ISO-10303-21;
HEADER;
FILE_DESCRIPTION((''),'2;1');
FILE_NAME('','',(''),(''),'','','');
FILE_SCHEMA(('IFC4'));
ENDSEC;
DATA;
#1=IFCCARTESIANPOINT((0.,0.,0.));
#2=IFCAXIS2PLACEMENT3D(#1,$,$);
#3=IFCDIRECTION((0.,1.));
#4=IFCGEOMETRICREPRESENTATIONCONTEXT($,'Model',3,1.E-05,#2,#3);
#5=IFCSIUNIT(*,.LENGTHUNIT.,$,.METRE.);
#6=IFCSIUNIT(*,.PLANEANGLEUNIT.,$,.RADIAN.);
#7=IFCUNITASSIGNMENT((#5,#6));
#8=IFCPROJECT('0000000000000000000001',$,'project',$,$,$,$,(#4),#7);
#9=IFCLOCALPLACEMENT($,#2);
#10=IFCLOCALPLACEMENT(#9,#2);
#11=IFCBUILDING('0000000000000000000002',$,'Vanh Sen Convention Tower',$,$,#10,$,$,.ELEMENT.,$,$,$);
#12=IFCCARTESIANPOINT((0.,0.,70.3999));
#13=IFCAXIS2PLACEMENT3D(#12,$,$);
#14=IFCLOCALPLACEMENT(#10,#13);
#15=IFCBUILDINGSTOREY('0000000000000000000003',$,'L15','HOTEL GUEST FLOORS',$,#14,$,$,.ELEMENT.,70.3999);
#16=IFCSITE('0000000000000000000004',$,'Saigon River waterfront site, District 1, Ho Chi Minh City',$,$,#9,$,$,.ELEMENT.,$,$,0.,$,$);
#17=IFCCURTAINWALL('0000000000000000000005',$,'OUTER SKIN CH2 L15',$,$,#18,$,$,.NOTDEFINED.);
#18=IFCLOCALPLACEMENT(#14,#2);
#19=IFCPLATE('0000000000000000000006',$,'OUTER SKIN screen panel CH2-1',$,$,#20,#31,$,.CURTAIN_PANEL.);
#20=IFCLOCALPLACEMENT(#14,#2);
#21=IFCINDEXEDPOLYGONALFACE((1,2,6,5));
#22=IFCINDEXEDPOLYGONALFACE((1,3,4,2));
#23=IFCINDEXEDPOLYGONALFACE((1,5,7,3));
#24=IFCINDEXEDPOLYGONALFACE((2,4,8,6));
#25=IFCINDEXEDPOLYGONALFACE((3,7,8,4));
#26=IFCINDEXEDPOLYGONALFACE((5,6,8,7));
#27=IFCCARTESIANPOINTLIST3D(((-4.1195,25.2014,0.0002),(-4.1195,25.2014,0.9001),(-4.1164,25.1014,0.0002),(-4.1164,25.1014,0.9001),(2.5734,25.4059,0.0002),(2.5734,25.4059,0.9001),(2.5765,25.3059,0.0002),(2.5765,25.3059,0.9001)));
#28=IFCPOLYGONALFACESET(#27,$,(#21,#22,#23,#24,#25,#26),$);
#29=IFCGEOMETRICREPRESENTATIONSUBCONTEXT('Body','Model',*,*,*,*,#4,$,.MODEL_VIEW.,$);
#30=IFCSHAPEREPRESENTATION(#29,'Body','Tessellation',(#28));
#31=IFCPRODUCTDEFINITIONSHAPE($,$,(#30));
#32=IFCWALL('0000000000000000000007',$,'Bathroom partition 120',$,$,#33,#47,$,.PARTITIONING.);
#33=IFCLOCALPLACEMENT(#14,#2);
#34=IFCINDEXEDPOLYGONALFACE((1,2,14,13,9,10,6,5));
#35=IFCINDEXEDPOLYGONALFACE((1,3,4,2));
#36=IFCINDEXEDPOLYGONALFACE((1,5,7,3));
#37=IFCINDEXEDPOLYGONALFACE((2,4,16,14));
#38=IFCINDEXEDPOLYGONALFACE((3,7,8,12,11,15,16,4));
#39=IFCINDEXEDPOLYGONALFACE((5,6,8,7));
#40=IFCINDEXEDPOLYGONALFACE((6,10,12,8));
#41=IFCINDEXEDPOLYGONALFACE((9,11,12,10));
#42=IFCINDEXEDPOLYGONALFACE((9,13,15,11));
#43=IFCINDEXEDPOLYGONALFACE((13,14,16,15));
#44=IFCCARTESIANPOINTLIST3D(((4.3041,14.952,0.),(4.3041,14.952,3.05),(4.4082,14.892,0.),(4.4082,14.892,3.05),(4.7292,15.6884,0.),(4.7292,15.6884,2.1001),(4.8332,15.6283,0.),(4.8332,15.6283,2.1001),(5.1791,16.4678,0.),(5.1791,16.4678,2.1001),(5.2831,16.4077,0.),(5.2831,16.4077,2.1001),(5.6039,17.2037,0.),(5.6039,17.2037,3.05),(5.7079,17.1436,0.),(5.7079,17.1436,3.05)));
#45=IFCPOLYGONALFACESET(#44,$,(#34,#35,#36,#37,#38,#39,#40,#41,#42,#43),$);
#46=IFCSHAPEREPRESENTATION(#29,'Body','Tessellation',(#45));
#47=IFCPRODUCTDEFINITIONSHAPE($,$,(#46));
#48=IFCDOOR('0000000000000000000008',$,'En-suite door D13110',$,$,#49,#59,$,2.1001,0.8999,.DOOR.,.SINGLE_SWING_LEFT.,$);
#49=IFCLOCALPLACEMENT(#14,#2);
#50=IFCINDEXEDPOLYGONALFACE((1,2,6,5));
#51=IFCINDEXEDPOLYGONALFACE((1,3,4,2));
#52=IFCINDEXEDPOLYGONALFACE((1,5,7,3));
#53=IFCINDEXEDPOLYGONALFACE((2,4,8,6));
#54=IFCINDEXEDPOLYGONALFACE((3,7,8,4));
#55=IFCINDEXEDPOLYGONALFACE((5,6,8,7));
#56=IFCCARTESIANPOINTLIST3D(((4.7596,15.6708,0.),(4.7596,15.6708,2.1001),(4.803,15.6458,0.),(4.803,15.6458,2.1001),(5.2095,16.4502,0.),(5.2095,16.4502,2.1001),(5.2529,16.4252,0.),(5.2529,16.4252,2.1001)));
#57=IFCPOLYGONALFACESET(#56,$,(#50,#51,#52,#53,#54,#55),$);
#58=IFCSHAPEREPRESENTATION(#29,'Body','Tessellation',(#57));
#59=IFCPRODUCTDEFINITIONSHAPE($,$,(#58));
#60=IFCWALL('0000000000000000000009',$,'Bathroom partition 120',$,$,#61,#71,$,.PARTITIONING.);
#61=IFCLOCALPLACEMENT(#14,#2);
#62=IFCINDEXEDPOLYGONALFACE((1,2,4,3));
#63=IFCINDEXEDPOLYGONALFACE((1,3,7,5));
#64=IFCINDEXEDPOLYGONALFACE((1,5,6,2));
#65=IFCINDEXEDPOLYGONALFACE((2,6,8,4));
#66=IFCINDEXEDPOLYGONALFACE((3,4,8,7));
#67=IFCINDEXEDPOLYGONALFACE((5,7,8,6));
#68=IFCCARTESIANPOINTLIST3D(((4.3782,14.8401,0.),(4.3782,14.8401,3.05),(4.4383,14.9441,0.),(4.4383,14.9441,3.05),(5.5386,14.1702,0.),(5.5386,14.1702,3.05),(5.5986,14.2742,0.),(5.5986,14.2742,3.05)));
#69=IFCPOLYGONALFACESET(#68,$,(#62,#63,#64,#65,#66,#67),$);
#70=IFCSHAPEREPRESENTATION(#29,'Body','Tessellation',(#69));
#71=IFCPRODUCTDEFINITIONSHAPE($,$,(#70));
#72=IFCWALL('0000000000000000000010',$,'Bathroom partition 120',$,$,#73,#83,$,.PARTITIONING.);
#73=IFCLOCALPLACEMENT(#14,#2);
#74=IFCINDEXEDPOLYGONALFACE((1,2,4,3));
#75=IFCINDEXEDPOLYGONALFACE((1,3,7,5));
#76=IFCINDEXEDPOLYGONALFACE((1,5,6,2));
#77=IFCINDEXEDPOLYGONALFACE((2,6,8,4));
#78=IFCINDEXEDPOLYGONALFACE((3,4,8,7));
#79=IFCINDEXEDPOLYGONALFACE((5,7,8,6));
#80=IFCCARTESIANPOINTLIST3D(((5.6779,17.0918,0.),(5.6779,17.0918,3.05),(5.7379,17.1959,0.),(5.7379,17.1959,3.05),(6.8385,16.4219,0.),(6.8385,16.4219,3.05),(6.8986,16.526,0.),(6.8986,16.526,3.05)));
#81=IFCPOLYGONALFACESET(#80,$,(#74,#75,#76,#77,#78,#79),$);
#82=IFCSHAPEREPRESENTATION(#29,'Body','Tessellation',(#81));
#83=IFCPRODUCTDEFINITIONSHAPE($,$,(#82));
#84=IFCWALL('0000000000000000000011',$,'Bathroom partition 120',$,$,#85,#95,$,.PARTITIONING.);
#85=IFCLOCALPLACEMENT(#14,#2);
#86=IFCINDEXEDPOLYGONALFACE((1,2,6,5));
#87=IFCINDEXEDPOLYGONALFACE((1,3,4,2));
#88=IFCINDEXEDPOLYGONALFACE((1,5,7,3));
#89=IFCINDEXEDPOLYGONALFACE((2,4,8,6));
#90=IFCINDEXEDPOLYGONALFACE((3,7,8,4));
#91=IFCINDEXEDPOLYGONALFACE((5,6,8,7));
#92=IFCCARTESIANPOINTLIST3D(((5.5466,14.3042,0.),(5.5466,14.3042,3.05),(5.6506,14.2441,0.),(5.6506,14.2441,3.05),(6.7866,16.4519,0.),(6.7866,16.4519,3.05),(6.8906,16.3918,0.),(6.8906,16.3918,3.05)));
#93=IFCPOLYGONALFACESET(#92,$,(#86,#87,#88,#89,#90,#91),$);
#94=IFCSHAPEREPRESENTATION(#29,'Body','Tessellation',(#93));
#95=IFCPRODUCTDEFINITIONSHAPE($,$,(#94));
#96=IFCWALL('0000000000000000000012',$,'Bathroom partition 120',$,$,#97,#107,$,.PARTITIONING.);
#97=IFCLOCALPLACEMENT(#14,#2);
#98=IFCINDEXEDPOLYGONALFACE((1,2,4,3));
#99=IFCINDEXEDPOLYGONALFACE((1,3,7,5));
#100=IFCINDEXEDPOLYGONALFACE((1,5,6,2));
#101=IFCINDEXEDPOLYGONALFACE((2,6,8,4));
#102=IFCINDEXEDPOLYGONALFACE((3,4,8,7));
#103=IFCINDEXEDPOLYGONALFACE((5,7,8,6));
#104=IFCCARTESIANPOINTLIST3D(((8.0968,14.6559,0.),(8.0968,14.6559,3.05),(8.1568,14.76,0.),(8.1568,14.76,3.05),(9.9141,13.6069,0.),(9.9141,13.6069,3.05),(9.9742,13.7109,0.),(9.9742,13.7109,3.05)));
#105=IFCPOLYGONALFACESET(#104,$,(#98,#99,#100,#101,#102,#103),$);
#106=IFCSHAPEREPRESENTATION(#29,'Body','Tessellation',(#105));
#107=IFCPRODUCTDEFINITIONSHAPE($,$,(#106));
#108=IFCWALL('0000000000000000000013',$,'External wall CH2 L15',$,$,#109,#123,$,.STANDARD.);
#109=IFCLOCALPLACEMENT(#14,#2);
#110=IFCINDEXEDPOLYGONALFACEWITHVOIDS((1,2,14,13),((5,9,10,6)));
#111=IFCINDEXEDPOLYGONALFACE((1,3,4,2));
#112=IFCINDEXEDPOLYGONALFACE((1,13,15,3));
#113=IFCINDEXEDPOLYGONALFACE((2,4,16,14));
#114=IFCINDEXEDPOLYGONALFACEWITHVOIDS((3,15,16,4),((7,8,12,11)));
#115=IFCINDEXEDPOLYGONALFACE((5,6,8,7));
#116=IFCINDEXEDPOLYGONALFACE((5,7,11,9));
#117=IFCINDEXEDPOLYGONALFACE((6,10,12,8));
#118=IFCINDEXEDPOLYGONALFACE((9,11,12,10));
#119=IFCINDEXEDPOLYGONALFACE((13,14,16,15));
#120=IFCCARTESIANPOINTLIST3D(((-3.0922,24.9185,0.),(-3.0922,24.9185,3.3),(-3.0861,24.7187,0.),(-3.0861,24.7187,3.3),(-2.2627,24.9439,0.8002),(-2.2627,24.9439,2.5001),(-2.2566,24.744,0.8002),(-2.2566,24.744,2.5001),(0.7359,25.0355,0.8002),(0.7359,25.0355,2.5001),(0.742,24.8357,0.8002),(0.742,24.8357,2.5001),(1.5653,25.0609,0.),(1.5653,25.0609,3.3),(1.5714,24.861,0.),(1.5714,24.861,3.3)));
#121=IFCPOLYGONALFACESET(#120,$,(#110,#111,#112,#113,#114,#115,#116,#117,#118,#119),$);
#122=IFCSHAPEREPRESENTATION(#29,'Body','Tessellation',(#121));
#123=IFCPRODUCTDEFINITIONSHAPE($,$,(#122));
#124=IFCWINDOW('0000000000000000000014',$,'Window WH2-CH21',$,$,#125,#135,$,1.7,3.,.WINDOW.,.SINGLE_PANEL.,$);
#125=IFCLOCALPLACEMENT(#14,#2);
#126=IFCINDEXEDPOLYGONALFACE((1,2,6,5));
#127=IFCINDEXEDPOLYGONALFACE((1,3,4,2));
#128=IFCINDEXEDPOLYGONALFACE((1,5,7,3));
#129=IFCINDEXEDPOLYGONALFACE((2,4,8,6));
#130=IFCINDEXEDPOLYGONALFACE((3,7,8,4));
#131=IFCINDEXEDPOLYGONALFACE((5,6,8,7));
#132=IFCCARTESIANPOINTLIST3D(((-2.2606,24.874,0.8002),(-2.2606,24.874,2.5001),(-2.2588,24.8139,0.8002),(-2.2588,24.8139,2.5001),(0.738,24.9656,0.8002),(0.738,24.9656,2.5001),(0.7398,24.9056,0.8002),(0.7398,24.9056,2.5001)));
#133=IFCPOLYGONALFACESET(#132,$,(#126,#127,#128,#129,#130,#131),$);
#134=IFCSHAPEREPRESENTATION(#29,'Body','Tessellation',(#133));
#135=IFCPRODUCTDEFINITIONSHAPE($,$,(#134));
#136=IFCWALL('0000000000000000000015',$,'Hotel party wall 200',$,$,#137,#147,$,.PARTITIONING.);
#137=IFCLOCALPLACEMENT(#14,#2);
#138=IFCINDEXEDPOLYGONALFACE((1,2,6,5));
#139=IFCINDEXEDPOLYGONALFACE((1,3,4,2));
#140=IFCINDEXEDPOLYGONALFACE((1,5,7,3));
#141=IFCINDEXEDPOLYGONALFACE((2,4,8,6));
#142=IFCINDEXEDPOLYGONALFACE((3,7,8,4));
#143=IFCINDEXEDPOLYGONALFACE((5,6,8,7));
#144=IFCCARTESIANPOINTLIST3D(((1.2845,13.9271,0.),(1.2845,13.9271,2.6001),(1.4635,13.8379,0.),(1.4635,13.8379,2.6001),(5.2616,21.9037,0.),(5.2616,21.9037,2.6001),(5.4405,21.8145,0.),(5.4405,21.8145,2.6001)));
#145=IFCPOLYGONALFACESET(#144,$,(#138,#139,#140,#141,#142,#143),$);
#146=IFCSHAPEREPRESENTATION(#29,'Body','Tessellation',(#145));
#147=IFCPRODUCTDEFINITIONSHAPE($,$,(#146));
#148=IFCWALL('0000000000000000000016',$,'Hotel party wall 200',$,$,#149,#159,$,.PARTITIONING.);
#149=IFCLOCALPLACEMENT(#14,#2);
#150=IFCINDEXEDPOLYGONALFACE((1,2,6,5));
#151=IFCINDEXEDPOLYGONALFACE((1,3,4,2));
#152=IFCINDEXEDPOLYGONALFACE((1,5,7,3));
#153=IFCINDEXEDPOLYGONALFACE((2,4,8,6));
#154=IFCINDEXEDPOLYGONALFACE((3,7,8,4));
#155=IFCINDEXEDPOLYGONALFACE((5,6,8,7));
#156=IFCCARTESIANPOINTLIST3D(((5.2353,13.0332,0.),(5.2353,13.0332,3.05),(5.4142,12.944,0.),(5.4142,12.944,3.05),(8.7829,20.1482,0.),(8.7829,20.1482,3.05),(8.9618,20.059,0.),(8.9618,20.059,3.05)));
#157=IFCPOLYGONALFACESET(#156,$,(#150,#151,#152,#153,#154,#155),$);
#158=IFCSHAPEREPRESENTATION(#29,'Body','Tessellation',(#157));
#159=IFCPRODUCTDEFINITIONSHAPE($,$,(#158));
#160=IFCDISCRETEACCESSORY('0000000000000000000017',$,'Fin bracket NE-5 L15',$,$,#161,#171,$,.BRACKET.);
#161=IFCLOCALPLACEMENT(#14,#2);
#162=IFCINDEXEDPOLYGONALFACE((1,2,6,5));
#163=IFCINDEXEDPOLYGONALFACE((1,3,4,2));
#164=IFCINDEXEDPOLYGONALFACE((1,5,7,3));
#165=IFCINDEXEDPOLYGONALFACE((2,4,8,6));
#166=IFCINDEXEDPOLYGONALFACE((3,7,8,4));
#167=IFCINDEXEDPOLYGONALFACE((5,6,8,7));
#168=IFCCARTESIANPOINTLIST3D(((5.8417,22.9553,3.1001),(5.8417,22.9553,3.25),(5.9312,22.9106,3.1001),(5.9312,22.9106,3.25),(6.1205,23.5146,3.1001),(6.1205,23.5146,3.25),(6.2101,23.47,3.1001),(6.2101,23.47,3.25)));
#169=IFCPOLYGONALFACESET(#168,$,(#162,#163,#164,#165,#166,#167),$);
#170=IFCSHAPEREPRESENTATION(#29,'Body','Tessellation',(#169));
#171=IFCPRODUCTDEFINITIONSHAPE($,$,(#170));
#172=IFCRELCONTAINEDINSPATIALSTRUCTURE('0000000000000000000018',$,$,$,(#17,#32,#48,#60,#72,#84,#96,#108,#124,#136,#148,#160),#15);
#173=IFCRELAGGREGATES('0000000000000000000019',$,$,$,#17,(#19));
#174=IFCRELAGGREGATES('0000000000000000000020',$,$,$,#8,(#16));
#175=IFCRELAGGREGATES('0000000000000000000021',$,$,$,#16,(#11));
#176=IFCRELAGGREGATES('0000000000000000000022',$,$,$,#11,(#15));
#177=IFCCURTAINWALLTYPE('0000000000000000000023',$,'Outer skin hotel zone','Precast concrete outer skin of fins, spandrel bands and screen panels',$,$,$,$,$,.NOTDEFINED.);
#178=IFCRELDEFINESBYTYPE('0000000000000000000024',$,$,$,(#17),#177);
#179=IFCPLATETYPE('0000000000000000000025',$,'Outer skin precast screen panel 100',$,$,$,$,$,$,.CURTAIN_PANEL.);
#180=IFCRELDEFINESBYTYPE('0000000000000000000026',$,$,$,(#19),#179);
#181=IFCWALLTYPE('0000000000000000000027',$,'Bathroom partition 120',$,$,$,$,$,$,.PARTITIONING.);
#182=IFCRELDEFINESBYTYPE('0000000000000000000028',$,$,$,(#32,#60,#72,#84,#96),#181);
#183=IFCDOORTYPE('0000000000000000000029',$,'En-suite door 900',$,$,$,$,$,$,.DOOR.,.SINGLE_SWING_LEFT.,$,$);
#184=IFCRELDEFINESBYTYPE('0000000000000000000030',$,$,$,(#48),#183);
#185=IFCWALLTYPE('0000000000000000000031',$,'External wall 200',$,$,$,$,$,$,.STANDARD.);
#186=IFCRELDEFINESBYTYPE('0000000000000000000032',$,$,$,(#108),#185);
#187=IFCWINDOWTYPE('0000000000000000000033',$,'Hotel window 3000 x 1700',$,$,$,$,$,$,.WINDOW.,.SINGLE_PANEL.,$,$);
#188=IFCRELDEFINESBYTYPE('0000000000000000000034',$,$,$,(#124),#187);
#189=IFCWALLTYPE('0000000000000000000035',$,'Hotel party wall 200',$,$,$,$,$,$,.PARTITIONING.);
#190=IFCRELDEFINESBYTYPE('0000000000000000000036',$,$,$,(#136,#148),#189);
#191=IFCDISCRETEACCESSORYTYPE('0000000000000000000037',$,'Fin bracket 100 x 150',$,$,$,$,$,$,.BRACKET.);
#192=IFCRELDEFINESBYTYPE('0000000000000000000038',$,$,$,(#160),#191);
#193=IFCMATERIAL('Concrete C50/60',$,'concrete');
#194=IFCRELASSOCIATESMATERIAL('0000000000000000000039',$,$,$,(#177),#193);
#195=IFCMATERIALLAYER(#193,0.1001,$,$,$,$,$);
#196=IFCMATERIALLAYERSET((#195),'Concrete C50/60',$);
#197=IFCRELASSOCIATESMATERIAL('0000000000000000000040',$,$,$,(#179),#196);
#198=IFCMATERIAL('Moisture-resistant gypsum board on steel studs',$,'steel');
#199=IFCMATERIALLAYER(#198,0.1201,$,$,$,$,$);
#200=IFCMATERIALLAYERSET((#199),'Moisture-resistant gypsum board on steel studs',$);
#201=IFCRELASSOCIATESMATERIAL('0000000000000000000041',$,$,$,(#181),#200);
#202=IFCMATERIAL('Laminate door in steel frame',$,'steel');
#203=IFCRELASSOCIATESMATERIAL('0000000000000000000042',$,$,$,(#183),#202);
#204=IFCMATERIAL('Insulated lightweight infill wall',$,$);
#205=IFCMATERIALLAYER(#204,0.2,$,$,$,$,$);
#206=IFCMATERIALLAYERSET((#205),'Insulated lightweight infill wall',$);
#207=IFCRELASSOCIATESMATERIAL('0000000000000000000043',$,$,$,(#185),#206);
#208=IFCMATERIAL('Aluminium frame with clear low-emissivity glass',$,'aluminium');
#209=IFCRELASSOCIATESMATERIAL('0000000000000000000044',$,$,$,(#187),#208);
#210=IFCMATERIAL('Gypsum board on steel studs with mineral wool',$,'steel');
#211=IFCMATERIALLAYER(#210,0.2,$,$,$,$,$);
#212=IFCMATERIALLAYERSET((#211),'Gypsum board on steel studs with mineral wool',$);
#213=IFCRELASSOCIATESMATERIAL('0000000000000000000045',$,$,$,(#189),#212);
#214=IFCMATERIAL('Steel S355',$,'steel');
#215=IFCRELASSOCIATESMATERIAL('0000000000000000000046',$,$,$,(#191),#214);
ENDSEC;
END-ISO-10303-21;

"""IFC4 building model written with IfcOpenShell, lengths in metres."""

from ifc_helpers import new_model, si_unit, direction, frame, frame_2d, origin, origin_2d, place, context, subcontext, project, spatial, rectangle, extrude, material, layer, layer_set, type_object, element, fill, aggregate, save


model = new_model("IFC4")

# Units and contexts
model_context = context("Model", 3, precision=1e-05, world=origin(), true_north=direction((0.0, 1.0)))
body_context = subcontext(model_context, "Body", "Model", "MODEL_VIEW")
ifc_project = project(units=[si_unit("LENGTHUNIT", "METRE"), si_unit("PLANEANGLEUNIT", "RADIAN")], contexts=[model_context])

# Site, building, storey
site_placement = place(None, origin())
site = spatial("IfcSite", under=ifc_project, at=site_placement, Name="Saigon River waterfront site, District 1, Ho Chi Minh City", CompositionType="ELEMENT", RefElevation=0.0)
building_placement = place(site_placement, origin())
building = spatial("IfcBuilding", under=site, at=building_placement, Name="Vanh Sen Convention Tower", CompositionType="ELEMENT")
storey_placement = place(building_placement, frame((0.0, 0.0, 70.3999)))
storey = spatial("IfcBuildingStorey", under=building, at=storey_placement, Name="L15", Description="HOTEL GUEST FLOORS", CompositionType="ELEMENT", Elevation=70.3999)

# Shared definitions
ifc_material_1 = material(Name="Concrete C50/60", Category="concrete")
curtain_wall_type = type_object("IfcCurtainWallType", Name="Outer skin hotel zone", Description="Precast concrete outer skin of fins, spandrel bands and screen panels", PredefinedType="NOTDEFINED", material=ifc_material_1)

# Curtain wall
curtain_wall_1_placement = place(storey_placement, origin())
curtain_wall_1 = element("IfcCurtainWall", 1, at=curtain_wall_1_placement, inside=storey, type_object=curtain_wall_type, Name="OUTER SKIN CH2 L15", PredefinedType="NOTDEFINED")

# Plate
ifc_layer_1 = layer(ifc_material_1, 0.1001)
ifc_layer_set_1 = layer_set([ifc_layer_1], Name="Concrete C50/60")
plate_type = type_object("IfcPlateType", Name="Outer skin precast screen panel 100", PredefinedType="CURTAIN_PANEL", material=ifc_layer_set_1)
plate_1_placement = place(storey_placement, frame((-0.7715, 25.2537, 0.0002), z_axis=(0.0, 0.0, 1.0), x_axis=(-0.999534, -0.030537, 0.0)))
plate_1 = element("IfcPlate", 2, at=plate_1_placement, type_object=plate_type, Name="OUTER SKIN screen panel CH2-1", PredefinedType="CURTAIN_PANEL", context=body_context, shape_type="SweptSolid", body=[
    extrude(rectangle(XDim=6.696, YDim=0.1001, at=origin_2d()), origin(), (0.0, 0.0, 1.0), 0.8999),
])
aggregate(curtain_wall_1, [plate_1])

# Wall, opening, door
ifc_material_2 = material(Name="Moisture-resistant gypsum board on steel studs", Category="steel")
ifc_layer_2 = layer(ifc_material_2, 0.1201)
ifc_layer_set_2 = layer_set([ifc_layer_2], Name="Moisture-resistant gypsum board on steel studs")
wall_type_1 = type_object("IfcWallType", Name="Bathroom partition 120", PredefinedType="PARTITIONING", material=ifc_layer_set_2)
wall_1_placement = place(storey_placement, frame((4.3562, 14.9221, 0.0), z_axis=(0.0, 0.0, 1.0), x_axis=(0.499937, 0.866062, 0.0)))
wall_1 = element("IfcWall", 3, at=wall_1_placement, inside=storey, type_object=wall_type_1, Name="Bathroom partition 120", PredefinedType="PARTITIONING", context=body_context, shape_type="SweptSolid", body=[
    extrude(rectangle(XDim=2.5999, YDim=0.1201, at=frame_2d((1.2998, 0.0))), origin(), (0.0, 0.0, 1.0), 3.05),
])
opening_1_placement = place(wall_1_placement, frame((0.8501, 0.0, 0.0)))
opening_1 = element("IfcOpeningElement", 4, at=opening_1_placement, cuts=wall_1, PredefinedType="OPENING", context=body_context, shape_type="SweptSolid", body=[
    extrude(rectangle(XDim=0.8999, YDim=2.1001, at=frame_2d((0.45, 1.05))), frame((0.0, 0.0701, 0.0), z_axis=(0.0, -1.0, 0.0), x_axis=(1.0, 0.0, 0.0)), (0.0, 0.0, 1.0), 0.1401),
])
ifc_material_3 = material(Name="Laminate door in steel frame", Category="steel")
door_type = type_object("IfcDoorType", Name="En-suite door 900", OperationType="SINGLE_SWING_LEFT", PredefinedType="DOOR", material=ifc_material_3)
door_placement = place(opening_1_placement, origin())
door = element("IfcDoor", 5, at=door_placement, inside=storey, type_object=door_type, Name="En-suite door D13110", OperationType="SINGLE_SWING_LEFT", OverallHeight=2.1001, OverallWidth=0.8999, PredefinedType="DOOR", context=body_context, shape_type="SweptSolid", body=[
    extrude(rectangle(XDim=0.8999, YDim=2.1001, at=frame_2d((0.45, 1.05))), frame((0.0, 0.0249, 0.0), z_axis=(0.0, -1.0, 0.0), x_axis=(1.0, 0.0, 0.0)), (0.0, 0.0, 1.0), 0.05),
])
fill(opening_1, door)

# Walls
wall_2_placement = place(storey_placement, frame((5.5686, 14.2222, 0.0), z_axis=(0.0, 0.0, 1.0), x_axis=(-0.866037, 0.49998, 0.0)))
element("IfcWall", 6, at=wall_2_placement, inside=storey, type_object=wall_type_1, Name="Bathroom partition 120", PredefinedType="PARTITIONING", context=body_context, shape_type="SweptSolid", body=[
    extrude(rectangle(XDim=1.3398, YDim=0.1201, at=frame_2d((0.6699, 0.0))), origin(), (0.0, 0.0, 1.0), 3.05),
])
wall_3_placement = place(storey_placement, frame((5.708, 17.1438, 0.0), z_axis=(0.0, 0.0, 1.0), x_axis=(0.866082, -0.499901, 0.0)))
element("IfcWall", 7, at=wall_3_placement, inside=storey, type_object=wall_type_1, Name="Bathroom partition 120", PredefinedType="PARTITIONING", context=body_context, shape_type="SweptSolid", body=[
    extrude(rectangle(XDim=1.3401, YDim=0.1201, at=frame_2d((0.6699, 0.0))), origin(), (0.0, 0.0, 1.0), 3.05),
])
wall_4_placement = place(storey_placement, frame((6.8386, 16.4219, 0.0), z_axis=(0.0, 0.0, 1.0), x_axis=(-0.500004, -0.866023, 0.0)))
element("IfcWall", 8, at=wall_4_placement, inside=storey, type_object=wall_type_1, Name="Bathroom partition 120", PredefinedType="PARTITIONING", context=body_context, shape_type="SweptSolid", body=[
    extrude(rectangle(XDim=2.48, YDim=0.1201, at=frame_2d((1.24, 0.0))), origin(), (0.0, 0.0, 1.0), 3.05),
])
wall_5_placement = place(storey_placement, frame((8.1267, 14.708, 0.0), z_axis=(0.0, 0.0, 1.0), x_axis=(0.866065, -0.499931, 0.0)))
element("IfcWall", 9, at=wall_5_placement, inside=storey, type_object=wall_type_1, Name="Bathroom partition 120", PredefinedType="PARTITIONING", context=body_context, shape_type="SweptSolid", body=[
    extrude(rectangle(XDim=2.0984, YDim=0.1201, at=frame_2d((1.0493, 0.0))), origin(), (0.0, 0.0, 1.0), 3.05),
])

# Wall, opening, window
ifc_material_4 = material(Name="Insulated lightweight infill wall")
ifc_layer_3 = layer(ifc_material_4, 0.2)
ifc_layer_set_3 = layer_set([ifc_layer_3], Name="Insulated lightweight infill wall")
wall_type_2 = type_object("IfcWallType", Name="External wall 200", PredefinedType="STANDARD", material=ifc_layer_set_3)
wall_6_placement = place(storey_placement, frame((1.5684, 24.9609, 0.0), z_axis=(0.0, 0.0, 1.0), x_axis=(-0.999533, -0.030546, 0.0)))
wall_6 = element("IfcWall", 10, at=wall_6_placement, inside=storey, type_object=wall_type_2, Name="External wall CH2 L15", PredefinedType="STANDARD", context=body_context, shape_type="SweptSolid", body=[
    extrude(rectangle(XDim=4.6597, YDim=0.2, at=frame_2d((2.3298, 0.0))), origin(), (0.0, 0.0, 1.0), 3.3),
])
opening_2_placement = place(wall_6_placement, frame((0.8298, 0.0, 0.8)))
opening_2 = element("IfcOpeningElement", 11, at=opening_2_placement, cuts=wall_6, PredefinedType="OPENING", context=body_context, shape_type="SweptSolid", body=[
    extrude(rectangle(XDim=3.0, YDim=1.7, at=frame_2d((1.5, 0.8501))), frame((0.0, 0.1099, 0.0), z_axis=(0.0, -1.0, 0.0), x_axis=(1.0, 0.0, 0.0)), (0.0, 0.0, 1.0), 0.22),
])
ifc_material_5 = material(Name="Aluminium frame with clear low-emissivity glass", Category="aluminium")
window_type = type_object("IfcWindowType", Name="Hotel window 3000 x 1700", PartitioningType="SINGLE_PANEL", PredefinedType="WINDOW", material=ifc_material_5)
window_placement = place(opening_2_placement, origin())
window = element("IfcWindow", 12, at=window_placement, inside=storey, type_object=window_type, Name="Window WH2-CH21", OverallHeight=1.7, OverallWidth=3.0, PartitioningType="SINGLE_PANEL", PredefinedType="WINDOW", context=body_context, shape_type="SweptSolid", body=[
    extrude(rectangle(XDim=3.0, YDim=1.7, at=frame_2d((1.5, 0.8501))), frame((0.0, 0.03, 0.0), z_axis=(0.0, -1.0, 0.0), x_axis=(1.0, 0.0, 0.0)), (0.0, 0.0, 1.0), 0.0601),
])
fill(opening_2, window)

# Walls
ifc_material_6 = material(Name="Gypsum board on steel studs with mineral wool", Category="steel")
ifc_layer_4 = layer(ifc_material_6, 0.2)
ifc_layer_set_4 = layer_set([ifc_layer_4], Name="Gypsum board on steel studs with mineral wool")
wall_type_3 = type_object("IfcWallType", Name="Hotel party wall 200", PredefinedType="PARTITIONING", material=ifc_layer_set_4)
wall_7_placement = place(storey_placement, frame((5.3511, 21.8591, 0.0), z_axis=(0.0, 0.0, 1.0), x_axis=(-0.446205, -0.894931, 0.0)))
element("IfcWall", 13, at=wall_7_placement, inside=storey, type_object=wall_type_3, Name="Hotel party wall 200", PredefinedType="PARTITIONING", context=body_context, shape_type="SweptSolid", body=[
    extrude(rectangle(XDim=8.9131, YDim=0.2, at=frame_2d((4.4565, 0.0))), origin(), (0.0, 0.0, 1.0), 2.6001),
])
wall_8_placement = place(storey_placement, frame((8.8723, 20.1035, 0.0), z_axis=(0.0, 0.0, 1.0), x_axis=(-0.446218, -0.894924, 0.0)))
element("IfcWall", 14, at=wall_8_placement, inside=storey, type_object=wall_type_3, Name="Hotel party wall 200", PredefinedType="PARTITIONING", context=body_context, shape_type="SweptSolid", body=[
    extrude(rectangle(XDim=7.9504, YDim=0.2, at=frame_2d((3.9751, 0.0))), origin(), (0.0, 0.0, 1.0), 3.05),
])

# Discrete accessory
ifc_material_7 = material(Name="Steel S355", Category="steel")
discrete_accessory_type = type_object("IfcDiscreteAccessoryType", Name="Fin bracket 100 x 150", PredefinedType="BRACKET", material=ifc_material_7)
discrete_accessory_placement = place(storey_placement, frame((6.0259, 23.2126, 3.1001), z_axis=(0.0, 0.0, 1.0), x_axis=(0.446198, 0.894934, 0.0)))
element("IfcDiscreteAccessory", 15, at=discrete_accessory_placement, inside=storey, type_object=discrete_accessory_type, Name="Fin bracket NE-5 L15", PredefinedType="BRACKET", context=body_context, shape_type="SweptSolid", body=[
    extrude(rectangle(XDim=0.625, YDim=0.1001, at=origin_2d()), origin(), (0.0, 0.0, 1.0), 0.1499),
])

save(model, "model.ifc")
